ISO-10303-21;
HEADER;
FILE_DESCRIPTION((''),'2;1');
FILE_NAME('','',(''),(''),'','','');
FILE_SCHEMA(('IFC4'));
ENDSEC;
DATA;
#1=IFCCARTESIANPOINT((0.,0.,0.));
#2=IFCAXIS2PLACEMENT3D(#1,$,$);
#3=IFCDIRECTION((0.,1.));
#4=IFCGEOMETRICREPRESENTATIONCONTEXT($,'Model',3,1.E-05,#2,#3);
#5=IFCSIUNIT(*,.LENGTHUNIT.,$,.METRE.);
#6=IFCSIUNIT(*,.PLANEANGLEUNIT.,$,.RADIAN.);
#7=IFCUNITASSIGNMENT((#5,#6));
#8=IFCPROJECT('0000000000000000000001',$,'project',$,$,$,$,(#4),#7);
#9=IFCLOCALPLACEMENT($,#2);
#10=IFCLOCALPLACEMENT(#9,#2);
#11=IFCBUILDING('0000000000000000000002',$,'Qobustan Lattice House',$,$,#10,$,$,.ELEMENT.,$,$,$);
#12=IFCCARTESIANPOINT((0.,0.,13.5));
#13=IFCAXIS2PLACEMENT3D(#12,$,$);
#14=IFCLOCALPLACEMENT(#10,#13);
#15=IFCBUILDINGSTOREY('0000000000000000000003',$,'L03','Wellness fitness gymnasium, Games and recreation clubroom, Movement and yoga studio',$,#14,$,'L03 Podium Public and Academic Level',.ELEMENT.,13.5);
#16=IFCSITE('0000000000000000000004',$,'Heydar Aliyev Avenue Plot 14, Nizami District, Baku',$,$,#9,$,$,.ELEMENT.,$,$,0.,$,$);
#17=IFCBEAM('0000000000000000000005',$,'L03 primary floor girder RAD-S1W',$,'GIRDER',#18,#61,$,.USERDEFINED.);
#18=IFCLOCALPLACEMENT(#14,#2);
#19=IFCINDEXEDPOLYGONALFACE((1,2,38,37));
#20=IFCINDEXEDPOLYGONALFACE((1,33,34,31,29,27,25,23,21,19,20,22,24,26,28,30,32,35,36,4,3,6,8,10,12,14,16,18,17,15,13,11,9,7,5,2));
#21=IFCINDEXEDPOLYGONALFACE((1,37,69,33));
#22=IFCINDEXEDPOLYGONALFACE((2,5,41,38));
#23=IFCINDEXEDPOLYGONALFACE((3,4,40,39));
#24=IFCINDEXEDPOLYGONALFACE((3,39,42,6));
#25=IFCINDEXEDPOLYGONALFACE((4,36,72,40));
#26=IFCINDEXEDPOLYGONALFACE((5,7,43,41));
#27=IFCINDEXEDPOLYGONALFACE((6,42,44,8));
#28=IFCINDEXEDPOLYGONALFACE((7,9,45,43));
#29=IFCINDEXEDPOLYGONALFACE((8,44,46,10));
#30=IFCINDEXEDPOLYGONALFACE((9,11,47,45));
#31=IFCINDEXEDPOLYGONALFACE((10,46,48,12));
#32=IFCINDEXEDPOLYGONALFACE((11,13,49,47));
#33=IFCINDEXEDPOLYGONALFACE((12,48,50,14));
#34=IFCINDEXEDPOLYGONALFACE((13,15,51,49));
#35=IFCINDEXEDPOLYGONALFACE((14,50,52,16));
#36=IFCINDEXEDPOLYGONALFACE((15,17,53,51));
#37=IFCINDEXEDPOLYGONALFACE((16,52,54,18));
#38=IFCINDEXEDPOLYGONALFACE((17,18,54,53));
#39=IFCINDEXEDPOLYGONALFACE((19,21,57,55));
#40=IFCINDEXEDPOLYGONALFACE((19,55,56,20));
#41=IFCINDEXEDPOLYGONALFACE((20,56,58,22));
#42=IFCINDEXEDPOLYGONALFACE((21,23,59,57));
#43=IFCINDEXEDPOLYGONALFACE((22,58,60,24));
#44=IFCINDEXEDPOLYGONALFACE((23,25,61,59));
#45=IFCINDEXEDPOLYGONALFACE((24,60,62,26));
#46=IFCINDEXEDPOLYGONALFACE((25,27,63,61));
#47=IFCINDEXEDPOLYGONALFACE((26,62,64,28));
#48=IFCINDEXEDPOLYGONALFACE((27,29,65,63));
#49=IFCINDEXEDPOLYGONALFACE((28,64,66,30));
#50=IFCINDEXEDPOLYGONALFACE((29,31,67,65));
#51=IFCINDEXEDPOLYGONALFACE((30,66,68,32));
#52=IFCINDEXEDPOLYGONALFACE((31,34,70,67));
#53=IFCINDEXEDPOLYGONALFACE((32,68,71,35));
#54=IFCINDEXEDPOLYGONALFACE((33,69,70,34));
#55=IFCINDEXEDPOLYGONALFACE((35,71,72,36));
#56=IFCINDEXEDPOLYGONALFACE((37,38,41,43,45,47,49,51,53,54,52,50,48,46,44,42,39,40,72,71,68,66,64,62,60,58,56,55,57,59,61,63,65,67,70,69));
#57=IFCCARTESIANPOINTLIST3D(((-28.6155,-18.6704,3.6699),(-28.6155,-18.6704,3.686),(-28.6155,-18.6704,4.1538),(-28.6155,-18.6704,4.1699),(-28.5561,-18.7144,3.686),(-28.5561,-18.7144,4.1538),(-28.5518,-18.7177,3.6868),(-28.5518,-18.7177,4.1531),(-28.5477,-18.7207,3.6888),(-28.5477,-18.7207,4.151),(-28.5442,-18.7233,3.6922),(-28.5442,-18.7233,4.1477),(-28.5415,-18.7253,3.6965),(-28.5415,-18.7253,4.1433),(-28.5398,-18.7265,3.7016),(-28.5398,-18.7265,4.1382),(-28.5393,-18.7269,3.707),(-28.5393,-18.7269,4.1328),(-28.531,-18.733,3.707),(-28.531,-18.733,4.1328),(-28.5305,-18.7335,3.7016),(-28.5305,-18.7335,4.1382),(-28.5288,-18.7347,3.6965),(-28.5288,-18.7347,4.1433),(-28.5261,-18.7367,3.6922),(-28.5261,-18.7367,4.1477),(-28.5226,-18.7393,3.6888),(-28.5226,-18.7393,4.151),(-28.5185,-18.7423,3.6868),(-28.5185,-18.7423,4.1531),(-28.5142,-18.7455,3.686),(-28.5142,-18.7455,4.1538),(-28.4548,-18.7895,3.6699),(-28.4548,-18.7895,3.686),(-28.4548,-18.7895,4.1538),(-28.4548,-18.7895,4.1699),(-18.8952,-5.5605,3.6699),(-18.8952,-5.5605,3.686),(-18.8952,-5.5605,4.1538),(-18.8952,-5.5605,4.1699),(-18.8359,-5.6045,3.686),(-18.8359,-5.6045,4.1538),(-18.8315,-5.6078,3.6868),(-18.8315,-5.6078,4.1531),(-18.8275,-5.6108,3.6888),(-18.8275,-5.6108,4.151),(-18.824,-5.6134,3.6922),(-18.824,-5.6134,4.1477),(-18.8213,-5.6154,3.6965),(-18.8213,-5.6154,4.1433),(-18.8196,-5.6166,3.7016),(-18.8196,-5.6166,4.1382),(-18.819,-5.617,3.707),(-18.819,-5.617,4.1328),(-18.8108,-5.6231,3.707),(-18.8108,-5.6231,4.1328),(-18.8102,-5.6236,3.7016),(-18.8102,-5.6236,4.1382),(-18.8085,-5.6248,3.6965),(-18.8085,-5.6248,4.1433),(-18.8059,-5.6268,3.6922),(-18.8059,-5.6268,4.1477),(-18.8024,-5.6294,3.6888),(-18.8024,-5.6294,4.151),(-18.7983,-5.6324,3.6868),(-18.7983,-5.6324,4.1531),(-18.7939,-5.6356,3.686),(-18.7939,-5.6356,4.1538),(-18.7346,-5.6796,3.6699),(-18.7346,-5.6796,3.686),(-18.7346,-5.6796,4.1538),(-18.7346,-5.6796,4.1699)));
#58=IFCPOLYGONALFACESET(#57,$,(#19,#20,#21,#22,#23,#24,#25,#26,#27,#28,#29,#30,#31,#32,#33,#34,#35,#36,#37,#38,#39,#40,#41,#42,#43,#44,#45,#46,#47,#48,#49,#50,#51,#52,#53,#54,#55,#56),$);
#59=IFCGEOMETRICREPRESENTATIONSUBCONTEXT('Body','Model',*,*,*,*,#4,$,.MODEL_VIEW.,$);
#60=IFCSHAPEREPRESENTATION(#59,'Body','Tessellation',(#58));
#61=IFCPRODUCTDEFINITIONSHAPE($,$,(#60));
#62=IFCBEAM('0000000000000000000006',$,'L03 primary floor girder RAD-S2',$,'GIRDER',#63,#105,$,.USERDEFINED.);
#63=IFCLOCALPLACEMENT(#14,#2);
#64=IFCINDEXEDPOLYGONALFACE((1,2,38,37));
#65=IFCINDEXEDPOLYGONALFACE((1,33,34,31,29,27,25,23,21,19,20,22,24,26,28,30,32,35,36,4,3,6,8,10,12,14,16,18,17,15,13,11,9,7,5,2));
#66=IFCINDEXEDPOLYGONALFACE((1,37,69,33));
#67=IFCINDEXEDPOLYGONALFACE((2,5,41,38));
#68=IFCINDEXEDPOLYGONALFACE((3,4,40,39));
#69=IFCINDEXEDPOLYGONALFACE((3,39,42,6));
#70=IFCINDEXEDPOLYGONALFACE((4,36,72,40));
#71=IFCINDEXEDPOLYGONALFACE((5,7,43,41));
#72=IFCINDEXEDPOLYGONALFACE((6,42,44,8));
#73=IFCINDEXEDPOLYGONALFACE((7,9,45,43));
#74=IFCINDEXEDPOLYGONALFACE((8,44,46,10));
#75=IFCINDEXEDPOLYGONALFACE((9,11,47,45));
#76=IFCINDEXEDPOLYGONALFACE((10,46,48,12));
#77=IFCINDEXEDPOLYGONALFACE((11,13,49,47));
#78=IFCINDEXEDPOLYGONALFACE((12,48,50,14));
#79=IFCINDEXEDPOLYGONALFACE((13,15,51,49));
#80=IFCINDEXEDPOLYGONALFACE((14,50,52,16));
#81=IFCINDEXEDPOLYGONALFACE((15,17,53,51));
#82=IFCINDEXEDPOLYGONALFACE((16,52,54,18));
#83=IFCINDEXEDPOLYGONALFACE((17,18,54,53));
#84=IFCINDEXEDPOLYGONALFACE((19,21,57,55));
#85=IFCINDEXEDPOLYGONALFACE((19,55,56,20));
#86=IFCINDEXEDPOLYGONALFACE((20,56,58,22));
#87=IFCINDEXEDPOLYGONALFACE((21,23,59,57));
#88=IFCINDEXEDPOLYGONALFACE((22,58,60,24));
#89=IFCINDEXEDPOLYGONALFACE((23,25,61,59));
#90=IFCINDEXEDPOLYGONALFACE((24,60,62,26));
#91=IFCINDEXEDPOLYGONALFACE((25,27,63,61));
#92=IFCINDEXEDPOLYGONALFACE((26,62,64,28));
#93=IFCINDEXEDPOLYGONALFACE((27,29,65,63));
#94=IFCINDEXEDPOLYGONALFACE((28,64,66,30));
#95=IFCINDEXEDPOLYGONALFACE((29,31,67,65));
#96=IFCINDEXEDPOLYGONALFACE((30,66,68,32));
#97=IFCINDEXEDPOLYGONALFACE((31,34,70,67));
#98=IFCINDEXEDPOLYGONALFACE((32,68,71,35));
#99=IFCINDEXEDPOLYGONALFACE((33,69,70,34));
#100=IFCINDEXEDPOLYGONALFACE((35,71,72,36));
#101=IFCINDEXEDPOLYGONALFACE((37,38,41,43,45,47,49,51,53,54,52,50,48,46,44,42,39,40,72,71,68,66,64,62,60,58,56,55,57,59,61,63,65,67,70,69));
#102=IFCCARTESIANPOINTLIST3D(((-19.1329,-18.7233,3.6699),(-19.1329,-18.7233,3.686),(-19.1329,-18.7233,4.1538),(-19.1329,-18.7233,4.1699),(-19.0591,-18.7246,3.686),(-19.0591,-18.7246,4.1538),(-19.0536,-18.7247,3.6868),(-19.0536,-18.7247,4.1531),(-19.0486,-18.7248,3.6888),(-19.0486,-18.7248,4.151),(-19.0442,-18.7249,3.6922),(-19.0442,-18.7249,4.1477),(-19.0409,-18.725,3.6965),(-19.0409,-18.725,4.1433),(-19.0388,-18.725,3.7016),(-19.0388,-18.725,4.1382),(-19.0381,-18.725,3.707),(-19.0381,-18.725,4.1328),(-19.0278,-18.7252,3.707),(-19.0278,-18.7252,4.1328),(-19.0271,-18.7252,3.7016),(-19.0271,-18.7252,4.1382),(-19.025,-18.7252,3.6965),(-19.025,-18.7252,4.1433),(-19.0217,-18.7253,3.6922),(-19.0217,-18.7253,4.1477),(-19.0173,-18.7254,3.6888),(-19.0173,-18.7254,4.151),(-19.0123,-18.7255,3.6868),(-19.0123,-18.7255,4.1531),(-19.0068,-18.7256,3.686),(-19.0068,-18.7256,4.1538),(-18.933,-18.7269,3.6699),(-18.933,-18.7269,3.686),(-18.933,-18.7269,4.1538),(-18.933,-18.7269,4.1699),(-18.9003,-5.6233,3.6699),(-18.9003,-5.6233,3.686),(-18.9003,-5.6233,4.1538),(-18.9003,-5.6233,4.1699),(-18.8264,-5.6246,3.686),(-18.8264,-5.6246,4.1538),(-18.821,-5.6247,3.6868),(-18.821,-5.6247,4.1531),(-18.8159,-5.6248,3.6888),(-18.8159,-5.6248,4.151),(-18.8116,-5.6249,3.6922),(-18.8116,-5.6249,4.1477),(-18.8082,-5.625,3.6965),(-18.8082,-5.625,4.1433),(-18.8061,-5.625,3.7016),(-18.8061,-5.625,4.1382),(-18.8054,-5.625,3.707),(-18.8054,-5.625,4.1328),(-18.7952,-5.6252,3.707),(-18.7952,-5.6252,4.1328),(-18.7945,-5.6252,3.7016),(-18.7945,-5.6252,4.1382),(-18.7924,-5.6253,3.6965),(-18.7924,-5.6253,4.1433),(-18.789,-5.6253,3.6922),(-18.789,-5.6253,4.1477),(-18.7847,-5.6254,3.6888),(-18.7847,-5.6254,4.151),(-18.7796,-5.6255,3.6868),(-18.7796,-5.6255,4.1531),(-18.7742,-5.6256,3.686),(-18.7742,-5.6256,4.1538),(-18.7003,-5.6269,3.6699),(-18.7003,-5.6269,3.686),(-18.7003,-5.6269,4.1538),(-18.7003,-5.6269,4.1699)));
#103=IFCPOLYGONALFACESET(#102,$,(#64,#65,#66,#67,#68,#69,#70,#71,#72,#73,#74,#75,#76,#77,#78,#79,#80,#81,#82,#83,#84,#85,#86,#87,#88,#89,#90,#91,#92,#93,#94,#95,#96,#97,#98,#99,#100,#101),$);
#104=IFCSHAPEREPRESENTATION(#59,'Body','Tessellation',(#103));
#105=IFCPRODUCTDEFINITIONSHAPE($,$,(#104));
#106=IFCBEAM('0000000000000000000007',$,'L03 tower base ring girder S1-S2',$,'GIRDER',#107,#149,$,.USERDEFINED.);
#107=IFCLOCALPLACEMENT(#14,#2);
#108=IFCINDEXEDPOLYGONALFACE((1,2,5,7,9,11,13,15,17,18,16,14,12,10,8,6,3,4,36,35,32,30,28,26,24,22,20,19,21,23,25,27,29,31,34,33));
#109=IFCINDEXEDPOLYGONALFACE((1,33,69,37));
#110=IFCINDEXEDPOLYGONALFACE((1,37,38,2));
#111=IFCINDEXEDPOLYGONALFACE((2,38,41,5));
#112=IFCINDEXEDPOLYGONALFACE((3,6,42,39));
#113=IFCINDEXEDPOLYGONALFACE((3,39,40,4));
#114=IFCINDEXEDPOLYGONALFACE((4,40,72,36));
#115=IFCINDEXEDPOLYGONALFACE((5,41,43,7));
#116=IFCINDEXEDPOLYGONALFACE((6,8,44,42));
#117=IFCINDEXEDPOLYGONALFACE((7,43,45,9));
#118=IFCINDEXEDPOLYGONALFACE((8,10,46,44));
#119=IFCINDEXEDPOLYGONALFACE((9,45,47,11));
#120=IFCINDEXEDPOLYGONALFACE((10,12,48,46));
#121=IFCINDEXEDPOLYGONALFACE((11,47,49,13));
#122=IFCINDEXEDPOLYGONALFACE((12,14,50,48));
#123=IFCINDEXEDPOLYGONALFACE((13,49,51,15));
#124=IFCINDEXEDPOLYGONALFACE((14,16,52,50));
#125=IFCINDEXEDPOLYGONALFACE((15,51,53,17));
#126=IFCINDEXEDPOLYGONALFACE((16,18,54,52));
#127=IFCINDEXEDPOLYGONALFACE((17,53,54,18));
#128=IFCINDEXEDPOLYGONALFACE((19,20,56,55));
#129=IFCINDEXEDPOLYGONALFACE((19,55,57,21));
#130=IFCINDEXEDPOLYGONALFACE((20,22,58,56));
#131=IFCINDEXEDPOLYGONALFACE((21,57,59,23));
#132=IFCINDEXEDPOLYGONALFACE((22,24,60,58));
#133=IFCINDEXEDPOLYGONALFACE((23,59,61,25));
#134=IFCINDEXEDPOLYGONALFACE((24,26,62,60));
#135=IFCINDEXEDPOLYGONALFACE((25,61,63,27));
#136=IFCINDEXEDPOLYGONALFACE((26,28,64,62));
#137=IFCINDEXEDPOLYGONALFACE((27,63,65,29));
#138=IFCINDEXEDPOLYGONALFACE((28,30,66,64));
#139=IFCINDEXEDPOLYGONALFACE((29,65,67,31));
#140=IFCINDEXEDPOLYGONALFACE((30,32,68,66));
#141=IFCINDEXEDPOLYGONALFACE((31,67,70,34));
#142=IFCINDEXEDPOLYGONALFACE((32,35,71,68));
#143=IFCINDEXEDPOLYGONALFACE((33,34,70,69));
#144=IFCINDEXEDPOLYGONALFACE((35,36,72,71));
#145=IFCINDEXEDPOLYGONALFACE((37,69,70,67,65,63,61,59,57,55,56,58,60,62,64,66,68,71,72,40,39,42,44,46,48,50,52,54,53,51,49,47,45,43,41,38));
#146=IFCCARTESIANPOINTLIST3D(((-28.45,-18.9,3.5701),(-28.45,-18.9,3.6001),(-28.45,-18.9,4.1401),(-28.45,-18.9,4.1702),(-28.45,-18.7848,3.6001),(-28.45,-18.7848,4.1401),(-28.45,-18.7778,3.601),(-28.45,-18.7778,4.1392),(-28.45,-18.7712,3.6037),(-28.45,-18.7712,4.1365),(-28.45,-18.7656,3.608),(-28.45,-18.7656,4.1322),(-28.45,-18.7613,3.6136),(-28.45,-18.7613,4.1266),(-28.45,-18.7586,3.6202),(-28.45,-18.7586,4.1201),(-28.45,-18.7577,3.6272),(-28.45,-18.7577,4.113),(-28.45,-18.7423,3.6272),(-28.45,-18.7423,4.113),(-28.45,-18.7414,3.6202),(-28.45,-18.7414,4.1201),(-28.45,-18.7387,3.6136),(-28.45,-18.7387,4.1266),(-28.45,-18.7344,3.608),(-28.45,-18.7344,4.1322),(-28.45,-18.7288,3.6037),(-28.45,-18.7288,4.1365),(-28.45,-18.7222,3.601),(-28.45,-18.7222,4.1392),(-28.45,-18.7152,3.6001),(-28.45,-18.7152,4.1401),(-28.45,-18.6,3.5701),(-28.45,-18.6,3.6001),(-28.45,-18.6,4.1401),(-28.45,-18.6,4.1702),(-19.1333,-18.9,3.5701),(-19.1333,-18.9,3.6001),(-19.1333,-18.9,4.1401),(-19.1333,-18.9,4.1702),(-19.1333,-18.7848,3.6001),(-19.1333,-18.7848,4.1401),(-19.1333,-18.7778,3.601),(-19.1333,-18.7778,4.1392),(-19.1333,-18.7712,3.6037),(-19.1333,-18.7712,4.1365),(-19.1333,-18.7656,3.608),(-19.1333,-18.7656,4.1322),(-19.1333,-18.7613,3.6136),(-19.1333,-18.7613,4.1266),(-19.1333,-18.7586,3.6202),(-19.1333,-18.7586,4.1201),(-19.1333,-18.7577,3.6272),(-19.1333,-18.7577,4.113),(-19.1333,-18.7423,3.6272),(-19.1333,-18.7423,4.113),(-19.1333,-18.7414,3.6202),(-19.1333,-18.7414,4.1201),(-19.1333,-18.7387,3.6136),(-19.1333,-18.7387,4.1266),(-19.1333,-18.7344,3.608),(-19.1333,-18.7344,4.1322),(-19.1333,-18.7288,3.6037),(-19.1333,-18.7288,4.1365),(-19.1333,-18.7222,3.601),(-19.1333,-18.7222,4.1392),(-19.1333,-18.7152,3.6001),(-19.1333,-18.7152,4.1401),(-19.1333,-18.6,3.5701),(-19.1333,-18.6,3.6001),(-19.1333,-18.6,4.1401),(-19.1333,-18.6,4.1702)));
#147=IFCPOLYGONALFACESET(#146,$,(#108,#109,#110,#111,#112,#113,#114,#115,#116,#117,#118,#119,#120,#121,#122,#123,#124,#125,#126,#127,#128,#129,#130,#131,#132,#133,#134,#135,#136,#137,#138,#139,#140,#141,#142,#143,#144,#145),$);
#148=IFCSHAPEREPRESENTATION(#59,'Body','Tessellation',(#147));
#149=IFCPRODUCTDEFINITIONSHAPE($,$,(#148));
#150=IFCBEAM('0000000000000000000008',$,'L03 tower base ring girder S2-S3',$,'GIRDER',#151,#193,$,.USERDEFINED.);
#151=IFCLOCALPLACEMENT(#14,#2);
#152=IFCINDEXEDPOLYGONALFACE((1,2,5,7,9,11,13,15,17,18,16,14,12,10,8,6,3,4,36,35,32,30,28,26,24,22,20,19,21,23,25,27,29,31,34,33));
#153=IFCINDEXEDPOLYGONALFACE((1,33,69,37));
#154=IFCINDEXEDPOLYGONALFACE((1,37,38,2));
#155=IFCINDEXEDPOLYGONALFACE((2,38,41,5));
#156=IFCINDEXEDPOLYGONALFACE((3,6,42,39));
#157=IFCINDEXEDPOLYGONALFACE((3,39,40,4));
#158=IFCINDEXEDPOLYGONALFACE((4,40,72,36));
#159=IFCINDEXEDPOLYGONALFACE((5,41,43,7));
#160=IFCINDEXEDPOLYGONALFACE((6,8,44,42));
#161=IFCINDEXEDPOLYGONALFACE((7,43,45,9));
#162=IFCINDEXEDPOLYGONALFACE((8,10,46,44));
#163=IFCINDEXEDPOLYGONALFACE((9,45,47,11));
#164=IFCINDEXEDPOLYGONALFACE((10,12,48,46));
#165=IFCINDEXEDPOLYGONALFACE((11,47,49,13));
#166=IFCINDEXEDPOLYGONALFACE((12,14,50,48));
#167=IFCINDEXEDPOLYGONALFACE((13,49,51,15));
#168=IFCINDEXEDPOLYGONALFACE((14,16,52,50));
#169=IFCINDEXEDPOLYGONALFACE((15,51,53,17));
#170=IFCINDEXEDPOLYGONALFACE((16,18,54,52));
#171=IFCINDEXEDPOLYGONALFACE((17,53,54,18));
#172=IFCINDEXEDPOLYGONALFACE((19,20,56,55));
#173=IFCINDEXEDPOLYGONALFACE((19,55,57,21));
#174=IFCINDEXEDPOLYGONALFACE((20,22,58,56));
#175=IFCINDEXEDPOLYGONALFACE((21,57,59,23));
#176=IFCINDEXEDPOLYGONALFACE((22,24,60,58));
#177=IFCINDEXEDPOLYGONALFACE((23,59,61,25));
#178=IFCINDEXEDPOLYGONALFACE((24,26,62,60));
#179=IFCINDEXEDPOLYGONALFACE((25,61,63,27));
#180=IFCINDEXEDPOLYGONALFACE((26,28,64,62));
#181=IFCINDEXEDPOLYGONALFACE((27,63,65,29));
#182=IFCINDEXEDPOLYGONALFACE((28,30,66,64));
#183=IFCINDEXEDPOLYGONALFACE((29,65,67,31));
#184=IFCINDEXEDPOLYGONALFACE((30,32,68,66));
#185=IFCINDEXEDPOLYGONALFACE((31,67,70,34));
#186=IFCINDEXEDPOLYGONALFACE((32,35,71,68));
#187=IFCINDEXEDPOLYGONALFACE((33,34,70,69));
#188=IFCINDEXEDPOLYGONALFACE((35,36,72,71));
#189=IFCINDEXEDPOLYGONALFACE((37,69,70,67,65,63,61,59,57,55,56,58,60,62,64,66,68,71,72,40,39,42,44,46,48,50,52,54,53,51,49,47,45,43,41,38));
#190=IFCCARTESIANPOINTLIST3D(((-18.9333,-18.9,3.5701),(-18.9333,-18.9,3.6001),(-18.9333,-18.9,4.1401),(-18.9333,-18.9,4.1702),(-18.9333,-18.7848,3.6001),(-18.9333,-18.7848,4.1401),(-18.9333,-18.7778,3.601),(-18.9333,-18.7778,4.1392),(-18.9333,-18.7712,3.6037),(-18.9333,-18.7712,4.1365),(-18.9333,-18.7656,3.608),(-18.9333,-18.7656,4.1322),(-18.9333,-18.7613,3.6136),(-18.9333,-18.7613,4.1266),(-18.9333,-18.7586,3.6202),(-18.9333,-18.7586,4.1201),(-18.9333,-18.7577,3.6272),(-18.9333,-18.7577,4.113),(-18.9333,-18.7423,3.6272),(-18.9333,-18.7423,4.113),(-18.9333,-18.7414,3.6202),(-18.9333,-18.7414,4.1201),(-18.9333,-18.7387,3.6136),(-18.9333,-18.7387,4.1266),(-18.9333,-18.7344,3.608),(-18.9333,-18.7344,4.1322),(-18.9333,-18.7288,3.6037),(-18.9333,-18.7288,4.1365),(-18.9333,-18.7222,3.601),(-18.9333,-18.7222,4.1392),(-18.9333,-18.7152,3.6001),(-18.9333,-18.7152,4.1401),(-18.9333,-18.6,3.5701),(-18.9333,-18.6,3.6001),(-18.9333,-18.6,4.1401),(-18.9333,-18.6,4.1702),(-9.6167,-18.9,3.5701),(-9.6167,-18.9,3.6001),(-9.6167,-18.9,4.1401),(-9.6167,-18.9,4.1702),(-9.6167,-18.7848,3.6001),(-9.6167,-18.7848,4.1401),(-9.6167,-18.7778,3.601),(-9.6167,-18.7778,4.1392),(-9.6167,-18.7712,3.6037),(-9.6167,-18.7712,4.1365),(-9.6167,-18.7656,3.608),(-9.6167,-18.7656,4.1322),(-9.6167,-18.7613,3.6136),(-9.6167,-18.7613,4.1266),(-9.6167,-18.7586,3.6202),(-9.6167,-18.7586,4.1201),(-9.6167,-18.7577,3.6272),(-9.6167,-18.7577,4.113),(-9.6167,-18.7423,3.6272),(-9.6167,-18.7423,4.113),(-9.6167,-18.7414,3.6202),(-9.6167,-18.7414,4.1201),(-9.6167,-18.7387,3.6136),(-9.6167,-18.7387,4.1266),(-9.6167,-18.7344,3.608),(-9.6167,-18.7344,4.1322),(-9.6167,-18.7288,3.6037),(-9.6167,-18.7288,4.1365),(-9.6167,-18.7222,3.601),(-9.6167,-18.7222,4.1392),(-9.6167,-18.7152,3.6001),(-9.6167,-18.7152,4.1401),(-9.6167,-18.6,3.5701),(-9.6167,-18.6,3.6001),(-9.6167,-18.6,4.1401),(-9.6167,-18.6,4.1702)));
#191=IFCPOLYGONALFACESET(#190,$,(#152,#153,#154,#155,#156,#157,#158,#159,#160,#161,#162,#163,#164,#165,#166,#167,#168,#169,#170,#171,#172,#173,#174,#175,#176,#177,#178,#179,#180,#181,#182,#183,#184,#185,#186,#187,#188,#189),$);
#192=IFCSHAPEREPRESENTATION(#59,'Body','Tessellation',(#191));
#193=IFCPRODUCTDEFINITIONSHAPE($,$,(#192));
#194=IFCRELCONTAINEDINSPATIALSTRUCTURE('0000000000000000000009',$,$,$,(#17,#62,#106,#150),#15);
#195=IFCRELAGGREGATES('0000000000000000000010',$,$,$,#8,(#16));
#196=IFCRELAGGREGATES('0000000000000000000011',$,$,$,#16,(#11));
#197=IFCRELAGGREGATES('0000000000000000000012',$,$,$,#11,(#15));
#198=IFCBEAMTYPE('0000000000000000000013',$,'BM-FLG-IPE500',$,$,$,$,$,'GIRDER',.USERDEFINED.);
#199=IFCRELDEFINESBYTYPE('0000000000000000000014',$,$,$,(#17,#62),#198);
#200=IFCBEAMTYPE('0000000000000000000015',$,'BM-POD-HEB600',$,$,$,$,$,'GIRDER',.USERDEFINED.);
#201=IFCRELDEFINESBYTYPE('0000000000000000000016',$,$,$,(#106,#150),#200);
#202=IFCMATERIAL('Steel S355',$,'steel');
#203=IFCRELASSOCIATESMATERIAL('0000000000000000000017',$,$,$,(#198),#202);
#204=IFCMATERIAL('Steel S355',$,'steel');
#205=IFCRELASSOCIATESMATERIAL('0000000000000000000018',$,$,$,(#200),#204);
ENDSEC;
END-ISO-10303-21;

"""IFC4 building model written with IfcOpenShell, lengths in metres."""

from ifc_helpers import new_model, si_unit, direction, frame, origin, origin_2d, place, context, subcontext, project, spatial, i_section, extrude, material, material_profile, profile_set, type_object, element, save


model = new_model("IFC4")

# Units and contexts
model_context = context("Model", 3, precision=1e-05, world=origin(), true_north=direction((0.0, 1.0)))
body_context = subcontext(model_context, "Body", "Model", "MODEL_VIEW")
ifc_project = project(units=[si_unit("LENGTHUNIT", "METRE"), si_unit("PLANEANGLEUNIT", "RADIAN")], contexts=[model_context])

# Site, building, storey
site_placement = place(None, origin())
site = spatial("IfcSite", under=ifc_project, at=site_placement, Name="Heydar Aliyev Avenue Plot 14, Nizami District, Baku", CompositionType="ELEMENT", RefElevation=0.0)
building_placement = place(site_placement, origin())
building = spatial("IfcBuilding", under=site, at=building_placement, Name="Qobustan Lattice House", CompositionType="ELEMENT")
storey_placement = place(building_placement, frame((0.0, 0.0, 13.5)))
storey = spatial("IfcBuildingStorey", under=building, at=storey_placement, Name="L03", Description="Wellness fitness gymnasium, Games and recreation clubroom, Movement and yoga studio", LongName="L03 Podium Public and Academic Level", CompositionType="ELEMENT", Elevation=13.5)

# Beams
ifc_material_1 = material(Name="Steel S355", Category="steel")
ifc_material_profile_1 = material_profile(ifc_material_1, i_section(OverallWidth=0.2, OverallDepth=0.5, WebThickness=0.0103, FlangeThickness=0.0161, FilletRadius=0.021, at=origin_2d()), Name="IPE500")
ifc_profile_set_1 = profile_set([ifc_material_profile_1], Name="Steel S355")
beam_type_1 = type_object("IfcBeamType", Name="BM-FLG-IPE500", ElementType="GIRDER", PredefinedType="USERDEFINED", material=ifc_profile_set_1)
beam_1_placement = place(storey_placement, frame((-28.5352, -18.73, 3.9199), z_axis=(0.595592, 0.803287, 0.0), x_axis=(-0.803287, 0.595592, 0.0)))
element("IfcBeam", 1, at=beam_1_placement, inside=storey, type_object=beam_type_1, Name="L03 primary floor girder RAD-S1W", ObjectType="GIRDER", PredefinedType="USERDEFINED", context=body_context, shape_type="SweptSolid", body=[
    extrude(i_section(OverallWidth=0.2, OverallDepth=0.5, WebThickness=0.0103, FlangeThickness=0.0161, FilletRadius=0.021, at=origin_2d()), origin(), (0.0, 0.0, 1.0), 16.3203),
])
beam_2_placement = place(storey_placement, frame((-19.033, -18.7251, 3.9199), z_axis=(0.017758, 0.999842, 0.0), x_axis=(-0.999842, 0.017758, 0.0)))
element("IfcBeam", 2, at=beam_2_placement, inside=storey, type_object=beam_type_1, Name="L03 primary floor girder RAD-S2", ObjectType="GIRDER", PredefinedType="USERDEFINED", context=body_context, shape_type="SweptSolid", body=[
    extrude(i_section(OverallWidth=0.2, OverallDepth=0.5, WebThickness=0.0103, FlangeThickness=0.0161, FilletRadius=0.021, at=origin_2d()), origin(), (0.0, 0.0, 1.0), 13.1021),
])
ifc_material_2 = material(Name="Steel S355", Category="steel")
ifc_material_profile_2 = material_profile(ifc_material_2, i_section(OverallWidth=0.3, OverallDepth=0.6001, WebThickness=0.0154, FlangeThickness=0.03, FilletRadius=0.0271, at=origin_2d()), Name="HEB600")
ifc_profile_set_2 = profile_set([ifc_material_profile_2], Name="Steel S355")
beam_type_2 = type_object("IfcBeamType", Name="BM-POD-HEB600", ElementType="GIRDER", PredefinedType="USERDEFINED", material=ifc_profile_set_2)
for number, where, z_axis, x_axis, name in (
    (3, (-28.45, -18.75, 3.8701), (1.0, 0.0, 0.0), (0.0, 1.0, 0.0), "L03 tower base ring girder S1-S2"),
    (4, (-18.9333, -18.75, 3.8701), (1.0, 0.0, 0.0), (0.0, 1.0, 0.0), "L03 tower base ring girder S2-S3"),
):
    element("IfcBeam", number, at=place(storey_placement, frame(where, z_axis=z_axis, x_axis=x_axis)), inside=storey, type_object=beam_type_2, Name=name, ObjectType="GIRDER", PredefinedType="USERDEFINED", context=body_context, shape_type="SweptSolid", body=[
        extrude(i_section(OverallWidth=0.3, OverallDepth=0.6001, WebThickness=0.0154, FlangeThickness=0.03, FilletRadius=0.0271, at=origin_2d()), origin(), (0.0, 0.0, 1.0), 9.3167),
    ])

save(model, "model.ifc")
